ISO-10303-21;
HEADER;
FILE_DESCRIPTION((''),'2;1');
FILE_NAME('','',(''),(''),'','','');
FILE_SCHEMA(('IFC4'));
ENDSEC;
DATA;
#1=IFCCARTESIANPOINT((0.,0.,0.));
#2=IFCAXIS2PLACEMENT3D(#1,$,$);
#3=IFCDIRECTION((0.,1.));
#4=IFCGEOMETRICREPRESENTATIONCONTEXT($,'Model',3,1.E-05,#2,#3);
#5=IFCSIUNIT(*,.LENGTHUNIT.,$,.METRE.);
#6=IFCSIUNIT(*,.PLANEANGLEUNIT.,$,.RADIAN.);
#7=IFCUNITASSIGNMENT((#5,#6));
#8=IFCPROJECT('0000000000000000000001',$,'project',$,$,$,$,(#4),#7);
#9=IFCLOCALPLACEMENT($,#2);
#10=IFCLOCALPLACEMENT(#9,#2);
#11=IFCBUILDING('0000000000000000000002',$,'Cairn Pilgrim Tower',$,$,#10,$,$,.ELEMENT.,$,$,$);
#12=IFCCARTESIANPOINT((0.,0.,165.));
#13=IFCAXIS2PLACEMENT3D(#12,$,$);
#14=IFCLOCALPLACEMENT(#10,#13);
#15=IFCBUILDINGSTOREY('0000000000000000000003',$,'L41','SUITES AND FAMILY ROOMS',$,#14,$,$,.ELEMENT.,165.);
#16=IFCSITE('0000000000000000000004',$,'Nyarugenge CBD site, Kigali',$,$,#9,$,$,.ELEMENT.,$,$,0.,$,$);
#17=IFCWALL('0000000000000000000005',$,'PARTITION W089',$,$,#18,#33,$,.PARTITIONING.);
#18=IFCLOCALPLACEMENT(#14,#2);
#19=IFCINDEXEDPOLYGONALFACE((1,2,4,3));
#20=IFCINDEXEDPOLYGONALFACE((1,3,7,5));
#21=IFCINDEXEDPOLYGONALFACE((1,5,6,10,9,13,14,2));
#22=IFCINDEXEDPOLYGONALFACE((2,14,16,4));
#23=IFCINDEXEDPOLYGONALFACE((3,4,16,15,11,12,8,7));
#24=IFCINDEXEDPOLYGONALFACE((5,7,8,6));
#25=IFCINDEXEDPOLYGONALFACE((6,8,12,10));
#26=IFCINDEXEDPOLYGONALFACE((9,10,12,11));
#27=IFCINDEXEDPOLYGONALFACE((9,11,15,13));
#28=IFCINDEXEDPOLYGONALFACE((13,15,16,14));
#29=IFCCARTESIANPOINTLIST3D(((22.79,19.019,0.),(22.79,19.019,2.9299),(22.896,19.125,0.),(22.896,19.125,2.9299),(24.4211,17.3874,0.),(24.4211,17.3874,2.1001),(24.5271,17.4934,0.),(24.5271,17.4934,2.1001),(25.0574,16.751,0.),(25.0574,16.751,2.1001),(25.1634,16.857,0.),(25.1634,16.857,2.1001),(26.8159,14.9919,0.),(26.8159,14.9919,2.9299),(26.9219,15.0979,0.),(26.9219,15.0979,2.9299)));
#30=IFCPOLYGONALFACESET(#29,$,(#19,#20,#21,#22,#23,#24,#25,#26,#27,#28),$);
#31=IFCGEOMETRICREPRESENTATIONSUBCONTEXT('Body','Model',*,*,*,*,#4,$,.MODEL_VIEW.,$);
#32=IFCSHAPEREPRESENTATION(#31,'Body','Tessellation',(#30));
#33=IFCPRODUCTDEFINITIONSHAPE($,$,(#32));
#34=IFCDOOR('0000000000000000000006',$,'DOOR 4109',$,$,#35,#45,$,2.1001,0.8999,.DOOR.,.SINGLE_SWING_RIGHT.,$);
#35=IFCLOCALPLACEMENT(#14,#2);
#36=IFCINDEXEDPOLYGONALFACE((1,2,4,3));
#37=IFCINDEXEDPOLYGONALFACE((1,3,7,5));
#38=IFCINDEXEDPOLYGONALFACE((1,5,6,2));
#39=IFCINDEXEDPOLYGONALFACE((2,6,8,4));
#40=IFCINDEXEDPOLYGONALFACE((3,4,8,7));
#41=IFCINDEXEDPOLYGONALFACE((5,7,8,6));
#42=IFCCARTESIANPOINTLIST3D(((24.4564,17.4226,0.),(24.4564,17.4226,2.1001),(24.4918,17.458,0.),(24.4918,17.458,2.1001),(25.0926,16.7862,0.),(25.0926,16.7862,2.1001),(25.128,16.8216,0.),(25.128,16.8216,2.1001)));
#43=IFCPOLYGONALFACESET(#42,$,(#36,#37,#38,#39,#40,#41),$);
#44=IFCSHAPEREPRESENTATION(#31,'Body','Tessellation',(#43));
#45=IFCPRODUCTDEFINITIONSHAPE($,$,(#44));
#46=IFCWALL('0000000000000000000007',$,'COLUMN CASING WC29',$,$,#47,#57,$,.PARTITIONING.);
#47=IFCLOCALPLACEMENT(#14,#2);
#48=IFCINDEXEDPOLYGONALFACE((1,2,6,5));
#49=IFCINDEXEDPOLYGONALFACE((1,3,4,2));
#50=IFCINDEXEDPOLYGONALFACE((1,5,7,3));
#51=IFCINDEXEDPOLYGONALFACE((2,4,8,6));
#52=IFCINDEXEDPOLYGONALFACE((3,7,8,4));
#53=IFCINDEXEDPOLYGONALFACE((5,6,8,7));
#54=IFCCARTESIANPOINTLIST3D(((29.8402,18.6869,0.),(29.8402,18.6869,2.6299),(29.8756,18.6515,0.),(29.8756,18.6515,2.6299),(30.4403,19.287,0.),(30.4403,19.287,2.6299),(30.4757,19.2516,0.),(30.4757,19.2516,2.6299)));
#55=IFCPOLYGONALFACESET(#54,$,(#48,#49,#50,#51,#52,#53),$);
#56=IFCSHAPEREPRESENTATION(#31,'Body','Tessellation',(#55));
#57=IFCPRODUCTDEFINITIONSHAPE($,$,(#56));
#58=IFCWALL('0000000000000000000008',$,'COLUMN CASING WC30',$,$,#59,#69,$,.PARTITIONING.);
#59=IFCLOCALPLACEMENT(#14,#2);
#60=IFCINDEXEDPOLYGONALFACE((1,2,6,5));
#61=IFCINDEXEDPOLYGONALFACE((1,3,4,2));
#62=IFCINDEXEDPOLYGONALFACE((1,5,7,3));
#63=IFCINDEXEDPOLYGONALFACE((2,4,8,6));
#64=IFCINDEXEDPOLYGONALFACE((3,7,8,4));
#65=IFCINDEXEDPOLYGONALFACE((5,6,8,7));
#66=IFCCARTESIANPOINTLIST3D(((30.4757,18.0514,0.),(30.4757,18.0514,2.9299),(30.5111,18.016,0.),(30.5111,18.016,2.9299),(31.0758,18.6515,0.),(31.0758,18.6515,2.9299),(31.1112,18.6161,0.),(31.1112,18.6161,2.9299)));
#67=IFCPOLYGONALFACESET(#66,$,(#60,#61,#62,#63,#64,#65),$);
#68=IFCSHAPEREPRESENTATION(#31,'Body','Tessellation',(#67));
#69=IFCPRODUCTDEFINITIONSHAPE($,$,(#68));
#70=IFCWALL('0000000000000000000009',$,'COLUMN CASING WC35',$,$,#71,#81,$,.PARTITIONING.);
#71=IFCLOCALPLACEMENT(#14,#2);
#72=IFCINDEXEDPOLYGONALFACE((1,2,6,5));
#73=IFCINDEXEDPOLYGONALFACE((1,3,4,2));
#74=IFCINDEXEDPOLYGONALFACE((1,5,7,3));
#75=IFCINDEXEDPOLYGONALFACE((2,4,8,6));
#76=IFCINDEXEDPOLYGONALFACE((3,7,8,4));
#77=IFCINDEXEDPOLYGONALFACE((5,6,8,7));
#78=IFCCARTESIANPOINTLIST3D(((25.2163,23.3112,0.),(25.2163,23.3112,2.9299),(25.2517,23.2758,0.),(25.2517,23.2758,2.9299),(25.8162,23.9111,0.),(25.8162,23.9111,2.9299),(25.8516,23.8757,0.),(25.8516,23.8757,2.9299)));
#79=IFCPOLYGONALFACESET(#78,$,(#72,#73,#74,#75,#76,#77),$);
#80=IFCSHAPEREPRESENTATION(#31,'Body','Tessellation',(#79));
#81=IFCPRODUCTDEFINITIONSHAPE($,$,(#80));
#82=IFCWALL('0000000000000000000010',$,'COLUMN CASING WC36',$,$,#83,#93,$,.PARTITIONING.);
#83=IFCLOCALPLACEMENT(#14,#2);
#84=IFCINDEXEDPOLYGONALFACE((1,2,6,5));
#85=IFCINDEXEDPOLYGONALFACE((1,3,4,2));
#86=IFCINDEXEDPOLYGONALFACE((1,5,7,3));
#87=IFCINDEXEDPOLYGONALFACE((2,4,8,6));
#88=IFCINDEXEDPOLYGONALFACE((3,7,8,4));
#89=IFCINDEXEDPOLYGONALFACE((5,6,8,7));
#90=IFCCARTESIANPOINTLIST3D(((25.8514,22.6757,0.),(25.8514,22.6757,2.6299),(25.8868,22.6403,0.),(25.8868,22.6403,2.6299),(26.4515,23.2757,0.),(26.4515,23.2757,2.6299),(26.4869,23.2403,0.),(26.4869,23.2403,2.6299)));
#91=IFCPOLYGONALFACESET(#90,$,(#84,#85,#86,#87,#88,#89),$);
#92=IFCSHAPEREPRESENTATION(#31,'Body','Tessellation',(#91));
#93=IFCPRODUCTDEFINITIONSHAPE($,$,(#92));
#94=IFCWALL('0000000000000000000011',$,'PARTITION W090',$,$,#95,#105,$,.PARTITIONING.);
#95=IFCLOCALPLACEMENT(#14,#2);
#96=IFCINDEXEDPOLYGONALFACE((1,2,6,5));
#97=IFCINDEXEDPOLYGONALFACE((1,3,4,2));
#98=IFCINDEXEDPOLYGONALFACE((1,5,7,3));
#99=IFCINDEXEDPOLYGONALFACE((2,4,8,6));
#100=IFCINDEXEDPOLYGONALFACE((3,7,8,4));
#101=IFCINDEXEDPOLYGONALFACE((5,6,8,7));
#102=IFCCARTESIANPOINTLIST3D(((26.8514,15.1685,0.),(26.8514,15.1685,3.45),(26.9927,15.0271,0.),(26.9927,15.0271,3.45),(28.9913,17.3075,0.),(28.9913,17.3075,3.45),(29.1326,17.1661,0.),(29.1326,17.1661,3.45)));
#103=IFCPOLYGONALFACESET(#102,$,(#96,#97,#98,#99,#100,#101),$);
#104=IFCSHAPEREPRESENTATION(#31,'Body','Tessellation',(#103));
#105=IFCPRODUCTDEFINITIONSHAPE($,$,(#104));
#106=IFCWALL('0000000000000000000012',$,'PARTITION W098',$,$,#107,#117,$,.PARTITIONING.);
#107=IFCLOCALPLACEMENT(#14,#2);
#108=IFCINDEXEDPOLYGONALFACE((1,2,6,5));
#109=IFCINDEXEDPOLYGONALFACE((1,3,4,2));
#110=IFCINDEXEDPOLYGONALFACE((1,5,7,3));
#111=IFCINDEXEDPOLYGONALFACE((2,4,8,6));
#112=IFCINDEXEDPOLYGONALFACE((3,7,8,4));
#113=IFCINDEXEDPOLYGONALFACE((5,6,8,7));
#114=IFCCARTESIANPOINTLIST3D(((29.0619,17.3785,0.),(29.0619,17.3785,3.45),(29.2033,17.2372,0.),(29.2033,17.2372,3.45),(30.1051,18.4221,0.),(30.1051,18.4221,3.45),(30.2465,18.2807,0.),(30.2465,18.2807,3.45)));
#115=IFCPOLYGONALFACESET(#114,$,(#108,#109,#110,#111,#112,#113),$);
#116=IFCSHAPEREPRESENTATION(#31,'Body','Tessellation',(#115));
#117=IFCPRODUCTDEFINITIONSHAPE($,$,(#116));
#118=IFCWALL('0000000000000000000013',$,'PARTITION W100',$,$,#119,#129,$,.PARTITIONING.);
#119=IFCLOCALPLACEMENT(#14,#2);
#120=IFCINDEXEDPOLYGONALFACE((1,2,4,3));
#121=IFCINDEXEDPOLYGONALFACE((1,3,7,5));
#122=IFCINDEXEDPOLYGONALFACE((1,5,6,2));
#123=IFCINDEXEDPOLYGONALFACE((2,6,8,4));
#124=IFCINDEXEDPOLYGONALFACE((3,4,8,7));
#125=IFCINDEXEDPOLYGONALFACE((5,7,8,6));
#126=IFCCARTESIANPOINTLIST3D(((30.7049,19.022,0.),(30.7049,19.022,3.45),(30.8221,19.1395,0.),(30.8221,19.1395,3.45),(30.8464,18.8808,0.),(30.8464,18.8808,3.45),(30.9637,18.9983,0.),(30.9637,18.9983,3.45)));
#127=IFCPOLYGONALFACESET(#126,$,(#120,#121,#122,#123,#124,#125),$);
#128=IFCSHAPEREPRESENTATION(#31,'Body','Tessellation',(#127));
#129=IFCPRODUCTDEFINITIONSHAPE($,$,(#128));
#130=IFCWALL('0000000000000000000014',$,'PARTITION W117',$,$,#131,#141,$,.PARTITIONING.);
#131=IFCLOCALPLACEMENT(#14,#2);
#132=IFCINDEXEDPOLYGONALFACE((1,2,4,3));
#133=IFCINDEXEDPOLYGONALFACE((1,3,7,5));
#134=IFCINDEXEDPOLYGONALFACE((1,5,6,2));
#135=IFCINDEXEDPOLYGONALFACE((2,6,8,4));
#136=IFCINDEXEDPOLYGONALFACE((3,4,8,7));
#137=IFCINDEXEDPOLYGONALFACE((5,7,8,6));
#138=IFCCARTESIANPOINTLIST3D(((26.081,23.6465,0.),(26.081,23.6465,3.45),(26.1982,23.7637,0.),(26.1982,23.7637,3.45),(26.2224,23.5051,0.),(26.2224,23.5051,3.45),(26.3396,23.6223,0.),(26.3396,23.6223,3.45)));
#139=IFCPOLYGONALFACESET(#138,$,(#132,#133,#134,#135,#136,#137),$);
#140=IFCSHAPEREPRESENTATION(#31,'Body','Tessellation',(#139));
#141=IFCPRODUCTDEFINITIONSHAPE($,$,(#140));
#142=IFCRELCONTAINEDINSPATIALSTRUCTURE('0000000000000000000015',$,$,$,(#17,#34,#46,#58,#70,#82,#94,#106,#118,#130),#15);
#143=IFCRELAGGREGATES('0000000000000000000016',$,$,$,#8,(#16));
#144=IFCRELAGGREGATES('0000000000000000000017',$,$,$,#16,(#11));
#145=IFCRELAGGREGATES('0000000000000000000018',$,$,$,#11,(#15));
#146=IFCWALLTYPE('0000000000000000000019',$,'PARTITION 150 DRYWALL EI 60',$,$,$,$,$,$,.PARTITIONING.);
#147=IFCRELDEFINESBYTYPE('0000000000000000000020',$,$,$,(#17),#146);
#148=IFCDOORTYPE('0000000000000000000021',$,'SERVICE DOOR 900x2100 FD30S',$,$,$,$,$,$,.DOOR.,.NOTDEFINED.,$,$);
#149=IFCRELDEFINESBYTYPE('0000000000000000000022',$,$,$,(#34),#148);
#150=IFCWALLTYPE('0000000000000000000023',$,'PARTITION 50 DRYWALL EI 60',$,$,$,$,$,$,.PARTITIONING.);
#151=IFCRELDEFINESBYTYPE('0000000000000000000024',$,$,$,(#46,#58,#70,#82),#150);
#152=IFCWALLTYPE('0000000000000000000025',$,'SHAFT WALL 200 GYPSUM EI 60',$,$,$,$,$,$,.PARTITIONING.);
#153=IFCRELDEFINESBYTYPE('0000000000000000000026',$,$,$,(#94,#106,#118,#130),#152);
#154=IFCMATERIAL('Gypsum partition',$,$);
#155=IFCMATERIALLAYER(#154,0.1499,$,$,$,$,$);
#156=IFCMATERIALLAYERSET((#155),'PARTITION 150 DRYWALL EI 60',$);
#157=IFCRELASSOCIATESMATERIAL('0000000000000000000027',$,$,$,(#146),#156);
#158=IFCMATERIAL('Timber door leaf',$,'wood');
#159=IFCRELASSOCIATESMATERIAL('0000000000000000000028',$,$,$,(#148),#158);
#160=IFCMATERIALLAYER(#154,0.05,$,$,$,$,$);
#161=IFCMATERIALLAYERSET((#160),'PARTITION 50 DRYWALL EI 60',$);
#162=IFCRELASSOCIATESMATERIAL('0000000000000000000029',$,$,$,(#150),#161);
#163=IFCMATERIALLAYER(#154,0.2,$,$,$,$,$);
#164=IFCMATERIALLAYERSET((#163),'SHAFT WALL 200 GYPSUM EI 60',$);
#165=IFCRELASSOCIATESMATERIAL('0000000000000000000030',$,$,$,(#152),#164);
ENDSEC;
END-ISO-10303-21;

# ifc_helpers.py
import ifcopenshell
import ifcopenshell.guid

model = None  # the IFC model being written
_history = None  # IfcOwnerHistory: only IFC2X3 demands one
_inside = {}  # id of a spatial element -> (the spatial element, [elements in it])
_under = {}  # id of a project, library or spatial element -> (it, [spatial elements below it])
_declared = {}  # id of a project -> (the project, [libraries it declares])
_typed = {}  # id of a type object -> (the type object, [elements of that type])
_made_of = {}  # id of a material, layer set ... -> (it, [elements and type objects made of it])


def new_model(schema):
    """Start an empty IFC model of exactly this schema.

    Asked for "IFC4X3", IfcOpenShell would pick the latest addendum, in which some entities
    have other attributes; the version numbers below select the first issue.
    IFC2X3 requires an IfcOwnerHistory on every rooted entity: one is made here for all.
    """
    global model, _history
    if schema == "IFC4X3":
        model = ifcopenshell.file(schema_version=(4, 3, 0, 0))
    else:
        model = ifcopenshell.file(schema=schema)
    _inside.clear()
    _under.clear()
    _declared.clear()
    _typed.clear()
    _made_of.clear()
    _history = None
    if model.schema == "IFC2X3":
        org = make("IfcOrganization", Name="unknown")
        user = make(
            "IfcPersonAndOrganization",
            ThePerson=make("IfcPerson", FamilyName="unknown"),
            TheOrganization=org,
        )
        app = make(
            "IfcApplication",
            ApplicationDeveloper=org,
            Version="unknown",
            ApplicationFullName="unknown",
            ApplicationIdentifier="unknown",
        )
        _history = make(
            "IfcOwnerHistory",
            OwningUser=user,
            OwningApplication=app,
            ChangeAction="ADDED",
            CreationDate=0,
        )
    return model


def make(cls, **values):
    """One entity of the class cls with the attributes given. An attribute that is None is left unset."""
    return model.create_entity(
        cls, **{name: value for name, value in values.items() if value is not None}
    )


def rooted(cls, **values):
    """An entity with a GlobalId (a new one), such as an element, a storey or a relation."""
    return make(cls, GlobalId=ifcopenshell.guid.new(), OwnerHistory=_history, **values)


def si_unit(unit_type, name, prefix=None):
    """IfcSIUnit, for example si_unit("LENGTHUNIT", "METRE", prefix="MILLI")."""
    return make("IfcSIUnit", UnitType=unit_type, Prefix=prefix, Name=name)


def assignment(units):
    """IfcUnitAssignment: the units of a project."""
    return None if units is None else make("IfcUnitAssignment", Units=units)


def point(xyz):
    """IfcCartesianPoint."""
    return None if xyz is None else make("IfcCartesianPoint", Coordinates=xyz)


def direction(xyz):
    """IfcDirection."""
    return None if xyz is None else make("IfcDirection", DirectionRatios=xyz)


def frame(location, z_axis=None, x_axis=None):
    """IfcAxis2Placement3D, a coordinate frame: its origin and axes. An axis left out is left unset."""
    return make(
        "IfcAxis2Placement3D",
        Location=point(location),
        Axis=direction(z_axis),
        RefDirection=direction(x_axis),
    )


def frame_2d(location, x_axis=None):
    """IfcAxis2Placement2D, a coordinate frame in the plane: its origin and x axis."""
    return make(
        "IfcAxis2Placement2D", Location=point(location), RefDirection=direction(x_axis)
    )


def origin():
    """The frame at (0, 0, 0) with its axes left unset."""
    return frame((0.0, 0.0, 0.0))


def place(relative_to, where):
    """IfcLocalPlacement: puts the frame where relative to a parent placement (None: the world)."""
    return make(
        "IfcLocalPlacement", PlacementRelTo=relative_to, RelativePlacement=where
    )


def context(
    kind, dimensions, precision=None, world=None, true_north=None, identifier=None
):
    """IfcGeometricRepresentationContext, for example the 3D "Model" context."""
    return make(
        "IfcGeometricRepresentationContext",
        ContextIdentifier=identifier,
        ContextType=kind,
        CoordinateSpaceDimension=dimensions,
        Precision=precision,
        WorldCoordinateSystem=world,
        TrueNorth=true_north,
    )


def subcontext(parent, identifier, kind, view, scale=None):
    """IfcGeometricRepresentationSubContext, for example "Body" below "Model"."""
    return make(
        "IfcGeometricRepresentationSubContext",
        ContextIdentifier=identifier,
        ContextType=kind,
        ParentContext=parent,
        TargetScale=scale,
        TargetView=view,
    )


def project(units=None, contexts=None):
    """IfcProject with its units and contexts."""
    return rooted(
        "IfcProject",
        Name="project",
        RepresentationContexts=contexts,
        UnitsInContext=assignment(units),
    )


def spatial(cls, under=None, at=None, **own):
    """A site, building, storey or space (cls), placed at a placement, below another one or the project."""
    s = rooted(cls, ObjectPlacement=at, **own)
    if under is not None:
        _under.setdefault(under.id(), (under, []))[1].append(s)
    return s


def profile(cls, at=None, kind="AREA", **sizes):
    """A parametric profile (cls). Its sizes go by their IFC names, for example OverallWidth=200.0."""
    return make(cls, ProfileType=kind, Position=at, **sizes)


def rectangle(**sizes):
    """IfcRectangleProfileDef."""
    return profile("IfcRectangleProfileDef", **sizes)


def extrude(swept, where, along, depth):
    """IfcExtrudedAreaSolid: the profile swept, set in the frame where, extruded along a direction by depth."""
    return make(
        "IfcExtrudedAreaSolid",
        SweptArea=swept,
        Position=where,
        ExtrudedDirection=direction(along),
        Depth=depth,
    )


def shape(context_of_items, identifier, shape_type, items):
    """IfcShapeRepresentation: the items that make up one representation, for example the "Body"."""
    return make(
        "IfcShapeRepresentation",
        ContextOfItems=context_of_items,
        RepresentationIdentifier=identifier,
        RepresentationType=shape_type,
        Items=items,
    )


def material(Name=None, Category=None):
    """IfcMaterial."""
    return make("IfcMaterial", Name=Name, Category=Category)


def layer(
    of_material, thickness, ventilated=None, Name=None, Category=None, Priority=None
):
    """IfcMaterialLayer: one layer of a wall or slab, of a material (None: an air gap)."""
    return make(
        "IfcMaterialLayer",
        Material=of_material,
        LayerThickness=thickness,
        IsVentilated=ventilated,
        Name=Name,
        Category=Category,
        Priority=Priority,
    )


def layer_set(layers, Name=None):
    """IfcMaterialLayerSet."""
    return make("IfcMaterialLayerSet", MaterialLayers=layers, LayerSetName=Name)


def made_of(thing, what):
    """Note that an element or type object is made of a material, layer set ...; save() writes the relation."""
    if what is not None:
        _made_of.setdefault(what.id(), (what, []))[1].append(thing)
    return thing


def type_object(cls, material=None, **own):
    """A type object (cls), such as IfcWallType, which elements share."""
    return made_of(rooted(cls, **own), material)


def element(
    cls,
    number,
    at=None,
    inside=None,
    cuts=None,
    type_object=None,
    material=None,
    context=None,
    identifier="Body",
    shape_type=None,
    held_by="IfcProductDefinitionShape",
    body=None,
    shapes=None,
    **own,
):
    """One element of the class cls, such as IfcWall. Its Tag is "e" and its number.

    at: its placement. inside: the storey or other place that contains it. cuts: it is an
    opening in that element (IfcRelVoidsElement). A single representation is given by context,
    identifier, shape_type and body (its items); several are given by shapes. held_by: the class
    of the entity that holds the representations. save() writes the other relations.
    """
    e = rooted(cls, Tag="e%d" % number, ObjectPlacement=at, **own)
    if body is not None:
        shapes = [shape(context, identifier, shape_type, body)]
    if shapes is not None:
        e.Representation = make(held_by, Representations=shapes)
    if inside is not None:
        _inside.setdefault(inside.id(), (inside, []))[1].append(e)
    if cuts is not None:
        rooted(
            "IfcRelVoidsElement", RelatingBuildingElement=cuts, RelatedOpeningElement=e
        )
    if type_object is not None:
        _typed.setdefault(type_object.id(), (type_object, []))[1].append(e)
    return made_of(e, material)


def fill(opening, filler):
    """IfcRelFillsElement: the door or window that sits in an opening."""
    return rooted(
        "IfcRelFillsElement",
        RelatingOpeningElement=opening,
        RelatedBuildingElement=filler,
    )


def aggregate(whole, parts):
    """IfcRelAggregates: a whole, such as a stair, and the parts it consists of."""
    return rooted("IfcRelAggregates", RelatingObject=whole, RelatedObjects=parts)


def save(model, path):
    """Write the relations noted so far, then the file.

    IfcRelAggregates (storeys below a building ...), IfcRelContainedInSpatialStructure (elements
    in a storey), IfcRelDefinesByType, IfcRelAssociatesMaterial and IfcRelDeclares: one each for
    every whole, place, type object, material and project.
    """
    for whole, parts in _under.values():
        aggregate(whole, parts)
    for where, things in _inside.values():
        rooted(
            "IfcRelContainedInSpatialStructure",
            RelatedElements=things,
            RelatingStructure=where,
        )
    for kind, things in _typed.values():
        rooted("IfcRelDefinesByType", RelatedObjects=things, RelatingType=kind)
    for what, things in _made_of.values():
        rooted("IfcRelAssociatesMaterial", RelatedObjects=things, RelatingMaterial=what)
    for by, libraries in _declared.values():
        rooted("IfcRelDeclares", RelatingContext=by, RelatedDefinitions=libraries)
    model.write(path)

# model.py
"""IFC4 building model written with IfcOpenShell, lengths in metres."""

from ifc_helpers import new_model, si_unit, direction, frame, frame_2d, origin, place, context, subcontext, project, spatial, rectangle, extrude, material, layer, layer_set, type_object, element, fill, save


model = new_model("IFC4")

# Units and contexts
model_context = context("Model", 3, precision=1e-05, world=origin(), true_north=direction((0.0, 1.0)))
body_context = subcontext(model_context, "Body", "Model", "MODEL_VIEW")
ifc_project = project(units=[si_unit("LENGTHUNIT", "METRE"), si_unit("PLANEANGLEUNIT", "RADIAN")], contexts=[model_context])

# Site, building, storey
site_placement = place(None, origin())
site = spatial("IfcSite", under=ifc_project, at=site_placement, Name="Nyarugenge CBD site, Kigali", CompositionType="ELEMENT", RefElevation=0.0)
building_placement = place(site_placement, origin())
building = spatial("IfcBuilding", under=site, at=building_placement, Name="Cairn Pilgrim Tower", CompositionType="ELEMENT")
storey_placement = place(building_placement, frame((0.0, 0.0, 165.0)))
storey = spatial("IfcBuildingStorey", under=building, at=storey_placement, Name="L41", Description="SUITES AND FAMILY ROOMS", CompositionType="ELEMENT", Elevation=165.0)

# Wall, opening, door
ifc_material_1 = material(Name="Gypsum partition")
ifc_material_2 = material(Name="Timber door leaf", Category="wood")
ifc_layer_1 = layer(ifc_material_1, 0.1499)
ifc_layer_set_1 = layer_set([ifc_layer_1], Name="PARTITION 150 DRYWALL EI 60")
wall_type_1 = type_object("IfcWallType", Name="PARTITION 150 DRYWALL EI 60", PredefinedType="PARTITIONING", material=ifc_layer_set_1)
wall_1_placement = place(storey_placement, frame((26.8689, 15.0449, 0.0), z_axis=(0.0, 0.0, 1.0), x_axis=(-0.707, 0.707214, 0.0)))
wall_1 = element("IfcWall", 1, at=wall_1_placement, inside=storey, type_object=wall_type_1, Name="PARTITION W089", PredefinedType="PARTITIONING", context=body_context, shape_type="SweptSolid", body=[
    extrude(rectangle(XDim=5.6943, YDim=0.1499, at=frame_2d((2.8472, 0.0))), origin(), (0.0, 0.0, 1.0), 2.9299),
])
opening_1_placement = place(wall_1_placement, frame((2.4873, 0.0, 0.0)))
opening_1 = element("IfcOpeningElement", 2, at=opening_1_placement, cuts=wall_1, PredefinedType="OPENING", context=body_context, shape_type="SweptSolid", body=[
    extrude(rectangle(XDim=0.8999, YDim=2.1001, at=frame_2d((0.45, 1.05))), frame((0.0, 0.085, 0.0), z_axis=(0.0, -1.0, 0.0), x_axis=(1.0, 0.0, 0.0)), (0.0, 0.0, 1.0), 0.1699),
])
door_type_1 = type_object("IfcDoorType", Name="SERVICE DOOR 900x2100 FD30S", OperationType="NOTDEFINED", PredefinedType="DOOR", material=ifc_material_2)
door_1_placement = place(opening_1_placement, frame((0.8999, 0.0, 0.0), z_axis=(0.0, 0.0, 1.0), x_axis=(-1.0, 0.0, 0.0)))
door_1 = element("IfcDoor", 3, at=door_1_placement, inside=storey, type_object=door_type_1, Name="DOOR 4109", OperationType="SINGLE_SWING_RIGHT", OverallHeight=2.1001, OverallWidth=0.8999, PredefinedType="DOOR", context=body_context, shape_type="SweptSolid", body=[
    extrude(rectangle(XDim=0.8999, YDim=2.1001, at=frame_2d((0.45, 1.05))), frame((0.0, 0.0249, 0.0), z_axis=(0.0, -1.0, 0.0), x_axis=(1.0, 0.0, 0.0)), (0.0, 0.0, 1.0), 0.05),
])
fill(opening_1, door_1)

# Walls
ifc_layer_2 = layer(ifc_material_1, 0.05)
ifc_layer_set_2 = layer_set([ifc_layer_2], Name="PARTITION 50 DRYWALL EI 60")
wall_type_2 = type_object("IfcWallType", Name="PARTITION 50 DRYWALL EI 60", PredefinedType="PARTITIONING", material=ifc_layer_set_2)
wall_2_placement = place(storey_placement, frame((29.8579, 18.6692, 0.0), z_axis=(0.0, 0.0, 1.0), x_axis=(0.707107, 0.707107, 0.0)))
element("IfcWall", 4, at=wall_2_placement, inside=storey, type_object=wall_type_2, Name="COLUMN CASING WC29", PredefinedType="PARTITIONING", context=body_context, shape_type="SweptSolid", body=[
    extrude(rectangle(XDim=0.8486, YDim=0.05, at=frame_2d((0.4243, 0.0))), origin(), (0.0, 0.0, 1.0), 2.6299),
])
wall_3_placement = place(storey_placement, frame((30.4934, 18.0337, 0.0), z_axis=(0.0, 0.0, 1.0), x_axis=(0.707107, 0.707107, 0.0)))
element("IfcWall", 5, at=wall_3_placement, inside=storey, type_object=wall_type_2, Name="COLUMN CASING WC30", PredefinedType="PARTITIONING", context=body_context, shape_type="SweptSolid", body=[
    extrude(rectangle(XDim=0.8486, YDim=0.05, at=frame_2d((0.4243, 0.0))), origin(), (0.0, 0.0, 1.0), 2.9299),
])
wall_4_placement = place(storey_placement, frame((25.2339, 23.2935, 0.0), z_axis=(0.0, 0.0, 1.0), x_axis=(0.707107, 0.707107, 0.0)))
element("IfcWall", 6, at=wall_4_placement, inside=storey, type_object=wall_type_2, Name="COLUMN CASING WC35", PredefinedType="PARTITIONING", context=body_context, shape_type="SweptSolid", body=[
    extrude(rectangle(XDim=0.8484, YDim=0.05, at=frame_2d((0.4243, 0.0))), origin(), (0.0, 0.0, 1.0), 2.9299),
])
wall_5_placement = place(storey_placement, frame((25.8691, 22.658, 0.0), z_axis=(0.0, 0.0, 1.0), x_axis=(0.707107, 0.707107, 0.0)))
element("IfcWall", 7, at=wall_5_placement, inside=storey, type_object=wall_type_2, Name="COLUMN CASING WC36", PredefinedType="PARTITIONING", context=body_context, shape_type="SweptSolid", body=[
    extrude(rectangle(XDim=0.8486, YDim=0.05, at=frame_2d((0.4243, 0.0))), origin(), (0.0, 0.0, 1.0), 2.6299),
])
ifc_layer_3 = layer(ifc_material_1, 0.2)
ifc_layer_set_3 = layer_set([ifc_layer_3], Name="SHAFT WALL 200 GYPSUM EI 60")
wall_type_3 = type_object("IfcWallType", Name="SHAFT WALL 200 GYPSUM EI 60", PredefinedType="PARTITIONING", material=ifc_layer_set_3)
wall_6_placement = place(storey_placement, frame((26.9221, 15.0979, 0.0), z_axis=(0.0, 0.0, 1.0), x_axis=(0.707268, 0.706945, 0.0)))
element("IfcWall", 8, at=wall_6_placement, inside=storey, type_object=wall_type_3, Name="PARTITION W090", PredefinedType="PARTITIONING", context=body_context, shape_type="SweptSolid", body=[
    extrude(rectangle(XDim=3.0256, YDim=0.2, at=frame_2d((1.5127, 0.0))), origin(), (0.0, 0.0, 1.0), 3.45),
])
wall_7_placement = place(storey_placement, frame((29.1326, 17.3079, 0.0), z_axis=(0.0, 0.0, 1.0), x_axis=(0.707024, 0.70719, 0.0)))
element("IfcWall", 9, at=wall_7_placement, inside=storey, type_object=wall_type_3, Name="PARTITION W098", PredefinedType="PARTITIONING", context=body_context, shape_type="SweptSolid", body=[
    extrude(rectangle(XDim=1.4756, YDim=0.2, at=frame_2d((0.7378, 0.0))), origin(), (0.0, 0.0, 1.0), 3.45),
])
wall_8_placement = place(storey_placement, frame((30.7756, 18.9514, 0.0), z_axis=(0.0, 0.0, 1.0), x_axis=(0.706371, 0.707842, 0.0)))
element("IfcWall", 10, at=wall_8_placement, inside=storey, type_object=wall_type_3, Name="PARTITION W100", PredefinedType="PARTITIONING", context=body_context, shape_type="SweptSolid", body=[
    extrude(rectangle(XDim=0.166, YDim=0.2, at=frame_2d((0.083, 0.0))), origin(), (0.0, 0.0, 1.0), 3.45),
])
wall_9_placement = place(storey_placement, frame((26.1516, 23.5757, 0.0), z_axis=(0.0, 0.0, 1.0), x_axis=(0.707107, 0.707107, 0.0)))
element("IfcWall", 11, at=wall_9_placement, inside=storey, type_object=wall_type_3, Name="PARTITION W117", PredefinedType="PARTITIONING", context=body_context, shape_type="SweptSolid", body=[
    extrude(rectangle(XDim=0.1658, YDim=0.2, at=frame_2d((0.083, 0.0))), origin(), (0.0, 0.0, 1.0), 3.45),
])

save(model, "model.ifc")
